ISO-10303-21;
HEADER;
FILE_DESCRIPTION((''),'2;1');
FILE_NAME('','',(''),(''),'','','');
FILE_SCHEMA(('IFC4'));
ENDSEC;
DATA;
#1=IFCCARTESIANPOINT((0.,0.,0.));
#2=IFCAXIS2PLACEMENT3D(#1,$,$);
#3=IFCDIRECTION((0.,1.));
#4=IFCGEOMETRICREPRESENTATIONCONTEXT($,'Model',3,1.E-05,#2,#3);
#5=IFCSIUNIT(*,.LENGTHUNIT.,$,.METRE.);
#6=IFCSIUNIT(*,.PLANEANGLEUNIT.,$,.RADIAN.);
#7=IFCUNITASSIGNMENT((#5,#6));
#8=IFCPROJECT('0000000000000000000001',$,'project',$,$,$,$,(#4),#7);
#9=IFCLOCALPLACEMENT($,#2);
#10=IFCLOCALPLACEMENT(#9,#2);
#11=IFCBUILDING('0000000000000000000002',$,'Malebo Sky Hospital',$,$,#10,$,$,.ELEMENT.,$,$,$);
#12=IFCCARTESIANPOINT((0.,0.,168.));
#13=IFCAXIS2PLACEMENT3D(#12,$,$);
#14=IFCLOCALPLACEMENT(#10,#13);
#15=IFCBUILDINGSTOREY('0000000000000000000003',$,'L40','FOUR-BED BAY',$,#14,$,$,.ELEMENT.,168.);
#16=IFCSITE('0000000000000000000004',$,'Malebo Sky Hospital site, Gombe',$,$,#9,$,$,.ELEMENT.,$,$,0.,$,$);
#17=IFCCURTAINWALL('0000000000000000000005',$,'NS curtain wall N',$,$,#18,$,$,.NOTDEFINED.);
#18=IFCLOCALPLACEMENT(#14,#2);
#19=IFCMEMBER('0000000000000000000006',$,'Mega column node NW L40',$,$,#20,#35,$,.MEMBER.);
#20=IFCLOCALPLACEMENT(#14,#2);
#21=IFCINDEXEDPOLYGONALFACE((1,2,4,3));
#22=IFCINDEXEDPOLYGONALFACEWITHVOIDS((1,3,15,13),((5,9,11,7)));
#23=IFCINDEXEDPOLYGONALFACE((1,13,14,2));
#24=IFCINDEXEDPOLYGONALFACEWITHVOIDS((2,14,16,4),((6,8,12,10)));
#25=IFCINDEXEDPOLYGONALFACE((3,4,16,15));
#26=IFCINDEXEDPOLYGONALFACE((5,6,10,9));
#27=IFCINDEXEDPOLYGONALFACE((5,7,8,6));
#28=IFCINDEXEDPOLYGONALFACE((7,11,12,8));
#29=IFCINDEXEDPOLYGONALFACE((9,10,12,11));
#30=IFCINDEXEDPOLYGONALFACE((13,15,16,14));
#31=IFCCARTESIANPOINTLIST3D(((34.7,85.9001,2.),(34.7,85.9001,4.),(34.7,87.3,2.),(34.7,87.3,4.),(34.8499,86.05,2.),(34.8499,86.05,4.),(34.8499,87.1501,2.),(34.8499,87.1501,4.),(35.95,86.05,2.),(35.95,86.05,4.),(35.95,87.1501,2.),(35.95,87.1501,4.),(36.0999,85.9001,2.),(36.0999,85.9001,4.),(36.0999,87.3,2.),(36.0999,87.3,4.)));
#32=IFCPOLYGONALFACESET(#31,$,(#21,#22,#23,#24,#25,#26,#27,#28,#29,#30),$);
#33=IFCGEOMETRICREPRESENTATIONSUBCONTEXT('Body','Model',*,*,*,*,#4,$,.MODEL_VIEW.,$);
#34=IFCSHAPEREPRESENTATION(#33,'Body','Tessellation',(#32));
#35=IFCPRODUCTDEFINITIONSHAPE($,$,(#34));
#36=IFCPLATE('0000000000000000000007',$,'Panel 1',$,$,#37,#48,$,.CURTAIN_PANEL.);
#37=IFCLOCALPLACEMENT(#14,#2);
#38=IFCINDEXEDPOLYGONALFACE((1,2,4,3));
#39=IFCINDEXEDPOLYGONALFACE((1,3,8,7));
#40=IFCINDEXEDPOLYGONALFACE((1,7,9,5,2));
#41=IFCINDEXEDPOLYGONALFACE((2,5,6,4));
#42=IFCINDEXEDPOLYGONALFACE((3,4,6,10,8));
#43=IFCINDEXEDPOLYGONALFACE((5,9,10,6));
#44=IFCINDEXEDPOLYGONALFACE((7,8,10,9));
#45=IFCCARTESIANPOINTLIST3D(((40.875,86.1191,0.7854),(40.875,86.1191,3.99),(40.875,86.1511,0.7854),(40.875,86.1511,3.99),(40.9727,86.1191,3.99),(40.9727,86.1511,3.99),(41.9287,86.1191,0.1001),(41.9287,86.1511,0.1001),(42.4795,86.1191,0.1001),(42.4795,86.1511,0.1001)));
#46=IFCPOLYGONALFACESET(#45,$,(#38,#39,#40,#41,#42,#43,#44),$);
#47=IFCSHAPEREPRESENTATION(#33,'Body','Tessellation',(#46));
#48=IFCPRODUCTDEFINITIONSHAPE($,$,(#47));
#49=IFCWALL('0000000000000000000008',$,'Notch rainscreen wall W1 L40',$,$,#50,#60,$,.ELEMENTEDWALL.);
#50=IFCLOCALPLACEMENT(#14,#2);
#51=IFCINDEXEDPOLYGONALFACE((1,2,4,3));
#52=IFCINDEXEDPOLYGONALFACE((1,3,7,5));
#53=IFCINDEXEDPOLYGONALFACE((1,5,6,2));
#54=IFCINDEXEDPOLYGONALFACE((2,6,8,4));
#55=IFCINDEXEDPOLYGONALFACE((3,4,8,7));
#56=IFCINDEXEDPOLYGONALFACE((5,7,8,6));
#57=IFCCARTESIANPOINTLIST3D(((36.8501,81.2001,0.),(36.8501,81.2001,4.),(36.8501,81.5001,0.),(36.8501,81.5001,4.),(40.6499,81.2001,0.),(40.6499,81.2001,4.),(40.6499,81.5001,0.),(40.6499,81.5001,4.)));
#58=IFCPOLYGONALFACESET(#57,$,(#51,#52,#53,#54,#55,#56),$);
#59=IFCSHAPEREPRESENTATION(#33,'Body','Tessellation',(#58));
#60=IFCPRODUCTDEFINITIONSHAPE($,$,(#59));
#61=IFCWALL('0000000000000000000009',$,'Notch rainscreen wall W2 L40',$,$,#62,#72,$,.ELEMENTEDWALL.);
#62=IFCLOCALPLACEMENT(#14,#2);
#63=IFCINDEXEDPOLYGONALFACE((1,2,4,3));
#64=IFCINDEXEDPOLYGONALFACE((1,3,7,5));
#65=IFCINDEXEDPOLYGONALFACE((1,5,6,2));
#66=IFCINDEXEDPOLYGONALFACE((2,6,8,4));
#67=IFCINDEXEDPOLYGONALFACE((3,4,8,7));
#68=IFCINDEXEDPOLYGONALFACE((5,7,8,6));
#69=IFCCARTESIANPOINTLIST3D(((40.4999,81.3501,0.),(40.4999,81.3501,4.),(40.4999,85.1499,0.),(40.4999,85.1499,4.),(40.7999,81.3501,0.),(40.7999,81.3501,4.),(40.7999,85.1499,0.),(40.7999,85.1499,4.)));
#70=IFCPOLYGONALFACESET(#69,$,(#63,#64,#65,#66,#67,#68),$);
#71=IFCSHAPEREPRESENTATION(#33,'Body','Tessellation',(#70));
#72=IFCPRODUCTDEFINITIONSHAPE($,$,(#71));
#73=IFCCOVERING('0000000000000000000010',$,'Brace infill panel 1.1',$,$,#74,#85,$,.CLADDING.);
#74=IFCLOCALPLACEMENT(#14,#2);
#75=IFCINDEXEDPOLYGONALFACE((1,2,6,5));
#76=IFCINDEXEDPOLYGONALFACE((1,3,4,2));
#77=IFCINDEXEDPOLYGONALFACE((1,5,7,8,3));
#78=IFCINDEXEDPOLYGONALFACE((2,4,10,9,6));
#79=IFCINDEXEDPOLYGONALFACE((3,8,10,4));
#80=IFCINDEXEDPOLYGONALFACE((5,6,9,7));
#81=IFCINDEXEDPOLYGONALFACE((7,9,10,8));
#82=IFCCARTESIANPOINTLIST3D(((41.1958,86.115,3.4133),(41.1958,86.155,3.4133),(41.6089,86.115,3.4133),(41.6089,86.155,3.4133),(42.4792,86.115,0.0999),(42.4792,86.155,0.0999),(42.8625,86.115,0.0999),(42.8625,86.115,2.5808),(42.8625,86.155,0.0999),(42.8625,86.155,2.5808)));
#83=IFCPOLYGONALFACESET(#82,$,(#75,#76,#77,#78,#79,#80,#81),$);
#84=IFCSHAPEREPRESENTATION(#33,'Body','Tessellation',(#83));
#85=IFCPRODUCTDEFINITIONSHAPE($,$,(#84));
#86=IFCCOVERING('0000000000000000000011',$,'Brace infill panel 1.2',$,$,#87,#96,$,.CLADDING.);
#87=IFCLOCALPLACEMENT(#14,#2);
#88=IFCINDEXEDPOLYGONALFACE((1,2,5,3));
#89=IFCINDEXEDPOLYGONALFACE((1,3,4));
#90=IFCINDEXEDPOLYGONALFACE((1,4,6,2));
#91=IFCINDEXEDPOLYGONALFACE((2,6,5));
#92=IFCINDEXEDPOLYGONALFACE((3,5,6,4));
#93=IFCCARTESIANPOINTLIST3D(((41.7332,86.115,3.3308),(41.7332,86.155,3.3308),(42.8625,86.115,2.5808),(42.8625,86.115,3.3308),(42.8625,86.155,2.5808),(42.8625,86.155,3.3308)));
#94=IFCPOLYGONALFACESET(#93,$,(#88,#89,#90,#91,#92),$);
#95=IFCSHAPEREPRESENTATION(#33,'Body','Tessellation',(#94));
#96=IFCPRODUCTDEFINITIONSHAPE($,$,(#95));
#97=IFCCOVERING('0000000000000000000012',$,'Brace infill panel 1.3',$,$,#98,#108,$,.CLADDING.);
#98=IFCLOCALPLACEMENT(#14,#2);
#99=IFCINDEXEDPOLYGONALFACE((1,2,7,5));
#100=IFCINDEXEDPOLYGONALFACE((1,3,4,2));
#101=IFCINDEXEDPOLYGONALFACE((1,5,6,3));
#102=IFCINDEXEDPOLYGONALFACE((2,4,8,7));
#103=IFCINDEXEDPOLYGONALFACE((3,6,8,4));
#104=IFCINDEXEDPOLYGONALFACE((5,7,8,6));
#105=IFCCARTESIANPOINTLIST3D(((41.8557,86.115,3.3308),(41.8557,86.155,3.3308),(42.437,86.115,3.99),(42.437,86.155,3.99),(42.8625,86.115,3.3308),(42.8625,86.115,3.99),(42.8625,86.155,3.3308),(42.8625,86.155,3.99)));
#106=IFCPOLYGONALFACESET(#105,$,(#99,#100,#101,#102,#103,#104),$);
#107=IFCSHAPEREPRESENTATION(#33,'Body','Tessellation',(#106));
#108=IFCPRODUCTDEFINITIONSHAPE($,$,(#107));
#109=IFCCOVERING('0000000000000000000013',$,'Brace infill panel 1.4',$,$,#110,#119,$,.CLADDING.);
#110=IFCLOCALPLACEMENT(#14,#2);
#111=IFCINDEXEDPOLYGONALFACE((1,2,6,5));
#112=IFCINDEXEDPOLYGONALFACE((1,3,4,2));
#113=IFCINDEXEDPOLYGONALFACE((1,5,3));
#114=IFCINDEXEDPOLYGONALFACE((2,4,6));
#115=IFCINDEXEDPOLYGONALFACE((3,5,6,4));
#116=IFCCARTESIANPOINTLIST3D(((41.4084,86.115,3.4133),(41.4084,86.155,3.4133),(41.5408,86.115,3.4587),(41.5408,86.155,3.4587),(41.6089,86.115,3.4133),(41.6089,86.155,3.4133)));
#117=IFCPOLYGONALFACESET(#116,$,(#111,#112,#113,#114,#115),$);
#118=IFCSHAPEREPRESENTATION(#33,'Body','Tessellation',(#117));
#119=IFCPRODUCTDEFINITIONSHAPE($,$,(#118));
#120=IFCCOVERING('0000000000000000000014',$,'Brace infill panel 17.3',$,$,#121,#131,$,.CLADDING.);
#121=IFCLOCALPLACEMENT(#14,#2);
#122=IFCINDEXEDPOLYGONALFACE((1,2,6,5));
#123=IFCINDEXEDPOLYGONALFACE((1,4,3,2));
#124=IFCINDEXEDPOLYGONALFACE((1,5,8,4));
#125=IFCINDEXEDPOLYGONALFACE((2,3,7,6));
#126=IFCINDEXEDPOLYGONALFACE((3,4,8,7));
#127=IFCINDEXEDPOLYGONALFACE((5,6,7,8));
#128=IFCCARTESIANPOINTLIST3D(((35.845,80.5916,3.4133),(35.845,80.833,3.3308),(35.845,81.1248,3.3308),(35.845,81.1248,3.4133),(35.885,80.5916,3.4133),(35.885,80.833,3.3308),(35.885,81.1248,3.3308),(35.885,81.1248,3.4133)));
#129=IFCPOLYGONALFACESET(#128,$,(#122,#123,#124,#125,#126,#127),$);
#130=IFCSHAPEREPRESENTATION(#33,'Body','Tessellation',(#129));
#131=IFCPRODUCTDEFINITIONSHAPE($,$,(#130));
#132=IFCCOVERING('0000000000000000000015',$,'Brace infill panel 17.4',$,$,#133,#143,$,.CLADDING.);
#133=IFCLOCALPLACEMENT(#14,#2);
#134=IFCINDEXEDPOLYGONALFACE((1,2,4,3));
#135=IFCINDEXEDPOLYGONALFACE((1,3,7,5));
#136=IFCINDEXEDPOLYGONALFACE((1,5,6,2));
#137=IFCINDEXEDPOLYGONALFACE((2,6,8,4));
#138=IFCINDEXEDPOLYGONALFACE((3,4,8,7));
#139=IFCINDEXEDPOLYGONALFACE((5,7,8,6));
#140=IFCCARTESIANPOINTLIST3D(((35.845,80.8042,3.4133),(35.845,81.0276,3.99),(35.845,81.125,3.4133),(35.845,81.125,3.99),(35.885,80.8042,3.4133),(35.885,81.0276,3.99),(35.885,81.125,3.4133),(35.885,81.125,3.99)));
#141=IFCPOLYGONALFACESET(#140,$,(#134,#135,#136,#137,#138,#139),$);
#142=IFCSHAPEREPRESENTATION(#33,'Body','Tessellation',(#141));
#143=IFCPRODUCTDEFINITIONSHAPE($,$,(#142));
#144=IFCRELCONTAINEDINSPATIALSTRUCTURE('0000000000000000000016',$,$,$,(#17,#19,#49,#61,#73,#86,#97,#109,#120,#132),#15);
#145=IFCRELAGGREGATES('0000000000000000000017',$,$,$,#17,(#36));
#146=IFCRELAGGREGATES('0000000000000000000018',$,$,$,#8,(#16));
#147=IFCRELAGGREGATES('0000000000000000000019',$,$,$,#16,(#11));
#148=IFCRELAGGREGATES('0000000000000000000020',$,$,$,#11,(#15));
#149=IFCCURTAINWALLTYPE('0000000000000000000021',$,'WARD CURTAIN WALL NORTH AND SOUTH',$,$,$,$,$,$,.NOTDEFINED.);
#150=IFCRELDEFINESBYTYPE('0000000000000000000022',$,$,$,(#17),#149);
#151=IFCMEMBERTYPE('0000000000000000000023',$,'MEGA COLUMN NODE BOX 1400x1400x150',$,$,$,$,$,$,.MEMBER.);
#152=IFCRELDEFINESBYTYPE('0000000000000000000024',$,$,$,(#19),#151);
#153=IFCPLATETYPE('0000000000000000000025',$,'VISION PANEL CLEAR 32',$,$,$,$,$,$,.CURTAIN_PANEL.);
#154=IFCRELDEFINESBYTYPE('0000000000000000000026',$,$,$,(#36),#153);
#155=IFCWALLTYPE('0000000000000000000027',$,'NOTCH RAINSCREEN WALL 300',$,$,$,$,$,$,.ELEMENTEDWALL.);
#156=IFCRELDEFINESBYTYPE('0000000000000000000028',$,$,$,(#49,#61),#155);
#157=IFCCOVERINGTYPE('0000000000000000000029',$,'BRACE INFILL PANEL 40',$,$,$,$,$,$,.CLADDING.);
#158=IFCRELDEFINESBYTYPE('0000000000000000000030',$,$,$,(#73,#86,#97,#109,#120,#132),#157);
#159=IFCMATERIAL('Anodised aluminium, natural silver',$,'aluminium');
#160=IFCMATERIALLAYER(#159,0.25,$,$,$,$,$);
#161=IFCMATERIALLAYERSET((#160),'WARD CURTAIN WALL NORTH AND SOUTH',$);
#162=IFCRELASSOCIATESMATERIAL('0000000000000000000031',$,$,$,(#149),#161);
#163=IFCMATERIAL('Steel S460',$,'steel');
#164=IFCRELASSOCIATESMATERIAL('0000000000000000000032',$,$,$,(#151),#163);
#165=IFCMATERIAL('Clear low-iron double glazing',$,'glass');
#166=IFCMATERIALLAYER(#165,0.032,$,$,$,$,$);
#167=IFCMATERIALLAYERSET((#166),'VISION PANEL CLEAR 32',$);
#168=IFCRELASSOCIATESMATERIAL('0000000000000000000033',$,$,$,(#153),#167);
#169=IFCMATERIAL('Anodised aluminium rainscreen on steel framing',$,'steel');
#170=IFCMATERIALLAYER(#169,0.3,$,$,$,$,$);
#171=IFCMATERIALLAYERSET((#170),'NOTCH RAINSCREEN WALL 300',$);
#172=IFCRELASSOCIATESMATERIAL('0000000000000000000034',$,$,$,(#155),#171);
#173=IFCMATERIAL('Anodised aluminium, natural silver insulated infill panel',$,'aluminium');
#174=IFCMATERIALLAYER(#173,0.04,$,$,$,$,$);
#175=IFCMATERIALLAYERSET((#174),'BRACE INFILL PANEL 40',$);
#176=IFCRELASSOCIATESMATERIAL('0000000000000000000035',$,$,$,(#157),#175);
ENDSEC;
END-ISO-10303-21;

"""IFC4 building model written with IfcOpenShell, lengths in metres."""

from ifc_helpers import new_model, si_unit, direction, frame, frame_2d, origin, origin_2d, place, context, subcontext, project, spatial, polyline, rectangle, hollow_rectangle, outline, extrude, material, layer, layer_set, material_profile, profile_set, type_object, element, aggregate, save


model = new_model("IFC4")

# Units and contexts
model_context = context("Model", 3, precision=1e-05, world=origin(), true_north=direction((0.0, 1.0)))
body_context = subcontext(model_context, "Body", "Model", "MODEL_VIEW")
ifc_project = project(units=[si_unit("LENGTHUNIT", "METRE"), si_unit("PLANEANGLEUNIT", "RADIAN")], contexts=[model_context])

# Site, building, storey
site_placement = place(None, origin())
site = spatial("IfcSite", under=ifc_project, at=site_placement, Name="Malebo Sky Hospital site, Gombe", CompositionType="ELEMENT", RefElevation=0.0)
building_placement = place(site_placement, origin())
building = spatial("IfcBuilding", under=site, at=building_placement, Name="Malebo Sky Hospital", CompositionType="ELEMENT")
storey_placement = place(building_placement, frame((0.0, 0.0, 168.0)))
storey = spatial("IfcBuildingStorey", under=building, at=storey_placement, Name="L40", Description="FOUR-BED BAY", CompositionType="ELEMENT", Elevation=168.0)

# Shared definitions
ifc_material_1 = material(Name="Steel S460", Category="steel")

# Curtain wall
ifc_material_2 = material(Name="Anodised aluminium, natural silver", Category="aluminium")
ifc_layer_1 = layer(ifc_material_2, 0.25)
ifc_layer_set_1 = layer_set([ifc_layer_1], Name="WARD CURTAIN WALL NORTH AND SOUTH")
curtain_wall_type_1 = type_object("IfcCurtainWallType", Name="WARD CURTAIN WALL NORTH AND SOUTH", PredefinedType="NOTDEFINED", material=ifc_layer_set_1)
curtain_wall_1_placement = place(storey_placement, origin())
curtain_wall_1 = element("IfcCurtainWall", 1, at=curtain_wall_1_placement, inside=storey, type_object=curtain_wall_type_1, Name="NS curtain wall N", PredefinedType="NOTDEFINED")

# Member
ifc_material_profile_1 = material_profile(ifc_material_1, hollow_rectangle(XDim=1.3999, YDim=1.3999, WallThickness=0.1499, at=origin_2d()), Name="BOX 1400x1400x150")
ifc_profile_set_1 = profile_set([ifc_material_profile_1], Name="Steel S460")
member_type_1 = type_object("IfcMemberType", Name="MEGA COLUMN NODE BOX 1400x1400x150", PredefinedType="MEMBER", material=ifc_profile_set_1)
member_1_placement = place(storey_placement, frame((35.3999, 86.6001, 2.0), z_axis=(0.0, 0.0, 1.0), x_axis=(1.0, 0.0, 0.0)))
element("IfcMember", 2, at=member_1_placement, inside=storey, type_object=member_type_1, Name="Mega column node NW L40", PredefinedType="MEMBER", context=body_context, shape_type="SweptSolid", body=[
    extrude(hollow_rectangle(XDim=1.3999, YDim=1.3999, WallThickness=0.1499, at=origin_2d()), origin(), (0.0, 0.0, 1.0), 2.0),
])

# Plate
ifc_material_3 = material(Name="Clear low-iron double glazing", Category="glass")
ifc_layer_2 = layer(ifc_material_3, 0.032)
ifc_layer_set_2 = layer_set([ifc_layer_2], Name="VISION PANEL CLEAR 32")
plate_type = type_object("IfcPlateType", Name="VISION PANEL CLEAR 32", PredefinedType="CURTAIN_PANEL", material=ifc_layer_set_2)
plate_placement = place(storey_placement, frame((41.6772, 86.135, 0.1001), z_axis=(0.0, 0.0, 1.0), x_axis=(1.0, 0.0, 0.0)))
plate = element("IfcPlate", 3, at=plate_placement, type_object=plate_type, Name="Panel 1", PredefinedType="CURTAIN_PANEL", context=body_context, shape_type="SweptSolid", body=[
    extrude(outline(polyline([(0.2515, 0.0), (0.8022, 0.0), (-0.7046, 3.8899), (-0.8022, 3.8899), (-0.8022, 0.6853), (0.2515, 0.0)])), frame((0.0, 0.0161, 0.0), z_axis=(0.0, -1.0, 0.0), x_axis=(1.0, 0.0, 0.0)), (0.0, 0.0, 1.0), 0.032),
])
aggregate(curtain_wall_1, [plate])

# Walls
ifc_material_4 = material(Name="Anodised aluminium rainscreen on steel framing", Category="steel")
ifc_layer_3 = layer(ifc_material_4, 0.3)
ifc_layer_set_3 = layer_set([ifc_layer_3], Name="NOTCH RAINSCREEN WALL 300")
wall_type = type_object("IfcWallType", Name="NOTCH RAINSCREEN WALL 300", PredefinedType="ELEMENTEDWALL", material=ifc_layer_set_3)
for number, where, z_axis, x_axis, name in (
    (4, (36.8501, 81.3501, 0.0), (0.0, 0.0, 1.0), (1.0, 0.0, 0.0), "Notch rainscreen wall W1 L40"),
    (5, (40.6499, 81.3501, 0.0), (0.0, 0.0, 1.0), (0.0, 1.0, 0.0), "Notch rainscreen wall W2 L40"),
):
    element("IfcWall", number, at=place(storey_placement, frame(where, z_axis=z_axis, x_axis=x_axis)), inside=storey, type_object=wall_type, Name=name, PredefinedType="ELEMENTEDWALL", context=body_context, shape_type="SweptSolid", body=[
        extrude(rectangle(XDim=3.7998, YDim=0.3, at=frame_2d((1.8999, 0.0))), origin(), (0.0, 0.0, 1.0), 4.0),
    ])

# Coverings
ifc_material_5 = material(Name="Anodised aluminium, natural silver insulated infill panel", Category="aluminium")
ifc_layer_4 = layer(ifc_material_5, 0.04)
ifc_layer_set_4 = layer_set([ifc_layer_4], Name="BRACE INFILL PANEL 40")
covering_type = type_object("IfcCoveringType", Name="BRACE INFILL PANEL 40", PredefinedType="CLADDING", material=ifc_layer_set_4)
covering_1_placement = place(storey_placement, frame((42.0291, 86.135, 0.0999), z_axis=(0.0, 0.0, 1.0), x_axis=(1.0, 0.0, 0.0)))
element("IfcCovering", 6, at=covering_1_placement, inside=storey, type_object=covering_type, Name="Brace infill panel 1.1", PredefinedType="CLADDING", context=body_context, shape_type="SweptSolid", body=[
    extrude(outline(polyline([(0.4502, 0.0), (0.8335, 0.0), (0.8335, 2.481), (-0.4202, 3.3135), (-0.8333, 3.3135), (0.4502, 0.0)])), frame((0.0, 0.02, 0.0), z_axis=(0.0, -1.0, 0.0), x_axis=(1.0, 0.0, 0.0)), (0.0, 0.0, 1.0), 0.04),
])
covering_2_placement = place(storey_placement, frame((42.2979, 86.135, 2.5808), z_axis=(0.0, 0.0, 1.0), x_axis=(1.0, 0.0, 0.0)))
element("IfcCovering", 7, at=covering_2_placement, inside=storey, type_object=covering_type, Name="Brace infill panel 1.2", PredefinedType="CLADDING", context=body_context, shape_type="SweptSolid", body=[
    extrude(outline(polyline([(0.5647, 0.0), (0.5647, 0.75), (-0.5647, 0.75), (0.5647, 0.0)])), frame((0.0, 0.02, 0.0), z_axis=(0.0, -1.0, 0.0), x_axis=(1.0, 0.0, 0.0)), (0.0, 0.0, 1.0), 0.04),
])
covering_3_placement = place(storey_placement, frame((42.3591, 86.135, 3.3308), z_axis=(0.0, 0.0, 1.0), x_axis=(1.0, 0.0, 0.0)))
element("IfcCovering", 8, at=covering_3_placement, inside=storey, type_object=covering_type, Name="Brace infill panel 1.3", PredefinedType="CLADDING", context=body_context, shape_type="SweptSolid", body=[
    extrude(outline(polyline([(-0.5034, 0.0), (0.5034, 0.0), (0.5034, 0.6592), (0.0779, 0.6592), (-0.5034, 0.0)])), frame((0.0, 0.02, 0.0), z_axis=(0.0, -1.0, 0.0), x_axis=(1.0, 0.0, 0.0)), (0.0, 0.0, 1.0), 0.04),
])
covering_4_placement = place(storey_placement, frame((41.5088, 86.135, 3.4133), z_axis=(0.0, 0.0, 1.0), x_axis=(1.0, 0.0, 0.0)))
element("IfcCovering", 9, at=covering_4_placement, inside=storey, type_object=covering_type, Name="Brace infill panel 1.4", PredefinedType="CLADDING", context=body_context, shape_type="SweptSolid", body=[
    extrude(outline(polyline([(-0.1003, 0.0), (0.1001, 0.0), (0.032, 0.0454), (-0.1003, 0.0)])), frame((0.0, 0.02, 0.0), z_axis=(0.0, -1.0, 0.0), x_axis=(1.0, 0.0, 0.0)), (0.0, 0.0, 1.0), 0.04),
])
covering_5_placement = place(storey_placement, frame((35.865, 80.8582, 3.3308), z_axis=(0.0, 0.0, 1.0), x_axis=(0.0, 1.0, 0.0)))
element("IfcCovering", 10, at=covering_5_placement, inside=storey, type_object=covering_type, Name="Brace infill panel 17.3", PredefinedType="CLADDING", context=body_context, shape_type="SweptSolid", body=[
    extrude(outline(polyline([(-0.0251, 0.0), (0.2666, 0.0), (0.2666, 0.0825), (-0.2666, 0.0825), (-0.0251, 0.0)])), frame((0.0, 0.02, 0.0), z_axis=(0.0, -1.0, 0.0), x_axis=(1.0, 0.0, 0.0)), (0.0, 0.0, 1.0), 0.04),
])
covering_6_placement = place(storey_placement, frame((35.865, 80.9646, 3.4133), z_axis=(0.0, 0.0, 1.0), x_axis=(0.0, 1.0, 0.0)))
element("IfcCovering", 11, at=covering_6_placement, inside=storey, type_object=covering_type, Name="Brace infill panel 17.4", PredefinedType="CLADDING", context=body_context, shape_type="SweptSolid", body=[
    extrude(outline(polyline([(-0.1604, 0.0), (0.1604, 0.0), (0.1604, 0.5767), (0.063, 0.5767), (-0.1604, 0.0)])), frame((0.0, 0.02, 0.0), z_axis=(0.0, -1.0, 0.0), x_axis=(1.0, 0.0, 0.0)), (0.0, 0.0, 1.0), 0.04),
])

save(model, "model.ifc")
